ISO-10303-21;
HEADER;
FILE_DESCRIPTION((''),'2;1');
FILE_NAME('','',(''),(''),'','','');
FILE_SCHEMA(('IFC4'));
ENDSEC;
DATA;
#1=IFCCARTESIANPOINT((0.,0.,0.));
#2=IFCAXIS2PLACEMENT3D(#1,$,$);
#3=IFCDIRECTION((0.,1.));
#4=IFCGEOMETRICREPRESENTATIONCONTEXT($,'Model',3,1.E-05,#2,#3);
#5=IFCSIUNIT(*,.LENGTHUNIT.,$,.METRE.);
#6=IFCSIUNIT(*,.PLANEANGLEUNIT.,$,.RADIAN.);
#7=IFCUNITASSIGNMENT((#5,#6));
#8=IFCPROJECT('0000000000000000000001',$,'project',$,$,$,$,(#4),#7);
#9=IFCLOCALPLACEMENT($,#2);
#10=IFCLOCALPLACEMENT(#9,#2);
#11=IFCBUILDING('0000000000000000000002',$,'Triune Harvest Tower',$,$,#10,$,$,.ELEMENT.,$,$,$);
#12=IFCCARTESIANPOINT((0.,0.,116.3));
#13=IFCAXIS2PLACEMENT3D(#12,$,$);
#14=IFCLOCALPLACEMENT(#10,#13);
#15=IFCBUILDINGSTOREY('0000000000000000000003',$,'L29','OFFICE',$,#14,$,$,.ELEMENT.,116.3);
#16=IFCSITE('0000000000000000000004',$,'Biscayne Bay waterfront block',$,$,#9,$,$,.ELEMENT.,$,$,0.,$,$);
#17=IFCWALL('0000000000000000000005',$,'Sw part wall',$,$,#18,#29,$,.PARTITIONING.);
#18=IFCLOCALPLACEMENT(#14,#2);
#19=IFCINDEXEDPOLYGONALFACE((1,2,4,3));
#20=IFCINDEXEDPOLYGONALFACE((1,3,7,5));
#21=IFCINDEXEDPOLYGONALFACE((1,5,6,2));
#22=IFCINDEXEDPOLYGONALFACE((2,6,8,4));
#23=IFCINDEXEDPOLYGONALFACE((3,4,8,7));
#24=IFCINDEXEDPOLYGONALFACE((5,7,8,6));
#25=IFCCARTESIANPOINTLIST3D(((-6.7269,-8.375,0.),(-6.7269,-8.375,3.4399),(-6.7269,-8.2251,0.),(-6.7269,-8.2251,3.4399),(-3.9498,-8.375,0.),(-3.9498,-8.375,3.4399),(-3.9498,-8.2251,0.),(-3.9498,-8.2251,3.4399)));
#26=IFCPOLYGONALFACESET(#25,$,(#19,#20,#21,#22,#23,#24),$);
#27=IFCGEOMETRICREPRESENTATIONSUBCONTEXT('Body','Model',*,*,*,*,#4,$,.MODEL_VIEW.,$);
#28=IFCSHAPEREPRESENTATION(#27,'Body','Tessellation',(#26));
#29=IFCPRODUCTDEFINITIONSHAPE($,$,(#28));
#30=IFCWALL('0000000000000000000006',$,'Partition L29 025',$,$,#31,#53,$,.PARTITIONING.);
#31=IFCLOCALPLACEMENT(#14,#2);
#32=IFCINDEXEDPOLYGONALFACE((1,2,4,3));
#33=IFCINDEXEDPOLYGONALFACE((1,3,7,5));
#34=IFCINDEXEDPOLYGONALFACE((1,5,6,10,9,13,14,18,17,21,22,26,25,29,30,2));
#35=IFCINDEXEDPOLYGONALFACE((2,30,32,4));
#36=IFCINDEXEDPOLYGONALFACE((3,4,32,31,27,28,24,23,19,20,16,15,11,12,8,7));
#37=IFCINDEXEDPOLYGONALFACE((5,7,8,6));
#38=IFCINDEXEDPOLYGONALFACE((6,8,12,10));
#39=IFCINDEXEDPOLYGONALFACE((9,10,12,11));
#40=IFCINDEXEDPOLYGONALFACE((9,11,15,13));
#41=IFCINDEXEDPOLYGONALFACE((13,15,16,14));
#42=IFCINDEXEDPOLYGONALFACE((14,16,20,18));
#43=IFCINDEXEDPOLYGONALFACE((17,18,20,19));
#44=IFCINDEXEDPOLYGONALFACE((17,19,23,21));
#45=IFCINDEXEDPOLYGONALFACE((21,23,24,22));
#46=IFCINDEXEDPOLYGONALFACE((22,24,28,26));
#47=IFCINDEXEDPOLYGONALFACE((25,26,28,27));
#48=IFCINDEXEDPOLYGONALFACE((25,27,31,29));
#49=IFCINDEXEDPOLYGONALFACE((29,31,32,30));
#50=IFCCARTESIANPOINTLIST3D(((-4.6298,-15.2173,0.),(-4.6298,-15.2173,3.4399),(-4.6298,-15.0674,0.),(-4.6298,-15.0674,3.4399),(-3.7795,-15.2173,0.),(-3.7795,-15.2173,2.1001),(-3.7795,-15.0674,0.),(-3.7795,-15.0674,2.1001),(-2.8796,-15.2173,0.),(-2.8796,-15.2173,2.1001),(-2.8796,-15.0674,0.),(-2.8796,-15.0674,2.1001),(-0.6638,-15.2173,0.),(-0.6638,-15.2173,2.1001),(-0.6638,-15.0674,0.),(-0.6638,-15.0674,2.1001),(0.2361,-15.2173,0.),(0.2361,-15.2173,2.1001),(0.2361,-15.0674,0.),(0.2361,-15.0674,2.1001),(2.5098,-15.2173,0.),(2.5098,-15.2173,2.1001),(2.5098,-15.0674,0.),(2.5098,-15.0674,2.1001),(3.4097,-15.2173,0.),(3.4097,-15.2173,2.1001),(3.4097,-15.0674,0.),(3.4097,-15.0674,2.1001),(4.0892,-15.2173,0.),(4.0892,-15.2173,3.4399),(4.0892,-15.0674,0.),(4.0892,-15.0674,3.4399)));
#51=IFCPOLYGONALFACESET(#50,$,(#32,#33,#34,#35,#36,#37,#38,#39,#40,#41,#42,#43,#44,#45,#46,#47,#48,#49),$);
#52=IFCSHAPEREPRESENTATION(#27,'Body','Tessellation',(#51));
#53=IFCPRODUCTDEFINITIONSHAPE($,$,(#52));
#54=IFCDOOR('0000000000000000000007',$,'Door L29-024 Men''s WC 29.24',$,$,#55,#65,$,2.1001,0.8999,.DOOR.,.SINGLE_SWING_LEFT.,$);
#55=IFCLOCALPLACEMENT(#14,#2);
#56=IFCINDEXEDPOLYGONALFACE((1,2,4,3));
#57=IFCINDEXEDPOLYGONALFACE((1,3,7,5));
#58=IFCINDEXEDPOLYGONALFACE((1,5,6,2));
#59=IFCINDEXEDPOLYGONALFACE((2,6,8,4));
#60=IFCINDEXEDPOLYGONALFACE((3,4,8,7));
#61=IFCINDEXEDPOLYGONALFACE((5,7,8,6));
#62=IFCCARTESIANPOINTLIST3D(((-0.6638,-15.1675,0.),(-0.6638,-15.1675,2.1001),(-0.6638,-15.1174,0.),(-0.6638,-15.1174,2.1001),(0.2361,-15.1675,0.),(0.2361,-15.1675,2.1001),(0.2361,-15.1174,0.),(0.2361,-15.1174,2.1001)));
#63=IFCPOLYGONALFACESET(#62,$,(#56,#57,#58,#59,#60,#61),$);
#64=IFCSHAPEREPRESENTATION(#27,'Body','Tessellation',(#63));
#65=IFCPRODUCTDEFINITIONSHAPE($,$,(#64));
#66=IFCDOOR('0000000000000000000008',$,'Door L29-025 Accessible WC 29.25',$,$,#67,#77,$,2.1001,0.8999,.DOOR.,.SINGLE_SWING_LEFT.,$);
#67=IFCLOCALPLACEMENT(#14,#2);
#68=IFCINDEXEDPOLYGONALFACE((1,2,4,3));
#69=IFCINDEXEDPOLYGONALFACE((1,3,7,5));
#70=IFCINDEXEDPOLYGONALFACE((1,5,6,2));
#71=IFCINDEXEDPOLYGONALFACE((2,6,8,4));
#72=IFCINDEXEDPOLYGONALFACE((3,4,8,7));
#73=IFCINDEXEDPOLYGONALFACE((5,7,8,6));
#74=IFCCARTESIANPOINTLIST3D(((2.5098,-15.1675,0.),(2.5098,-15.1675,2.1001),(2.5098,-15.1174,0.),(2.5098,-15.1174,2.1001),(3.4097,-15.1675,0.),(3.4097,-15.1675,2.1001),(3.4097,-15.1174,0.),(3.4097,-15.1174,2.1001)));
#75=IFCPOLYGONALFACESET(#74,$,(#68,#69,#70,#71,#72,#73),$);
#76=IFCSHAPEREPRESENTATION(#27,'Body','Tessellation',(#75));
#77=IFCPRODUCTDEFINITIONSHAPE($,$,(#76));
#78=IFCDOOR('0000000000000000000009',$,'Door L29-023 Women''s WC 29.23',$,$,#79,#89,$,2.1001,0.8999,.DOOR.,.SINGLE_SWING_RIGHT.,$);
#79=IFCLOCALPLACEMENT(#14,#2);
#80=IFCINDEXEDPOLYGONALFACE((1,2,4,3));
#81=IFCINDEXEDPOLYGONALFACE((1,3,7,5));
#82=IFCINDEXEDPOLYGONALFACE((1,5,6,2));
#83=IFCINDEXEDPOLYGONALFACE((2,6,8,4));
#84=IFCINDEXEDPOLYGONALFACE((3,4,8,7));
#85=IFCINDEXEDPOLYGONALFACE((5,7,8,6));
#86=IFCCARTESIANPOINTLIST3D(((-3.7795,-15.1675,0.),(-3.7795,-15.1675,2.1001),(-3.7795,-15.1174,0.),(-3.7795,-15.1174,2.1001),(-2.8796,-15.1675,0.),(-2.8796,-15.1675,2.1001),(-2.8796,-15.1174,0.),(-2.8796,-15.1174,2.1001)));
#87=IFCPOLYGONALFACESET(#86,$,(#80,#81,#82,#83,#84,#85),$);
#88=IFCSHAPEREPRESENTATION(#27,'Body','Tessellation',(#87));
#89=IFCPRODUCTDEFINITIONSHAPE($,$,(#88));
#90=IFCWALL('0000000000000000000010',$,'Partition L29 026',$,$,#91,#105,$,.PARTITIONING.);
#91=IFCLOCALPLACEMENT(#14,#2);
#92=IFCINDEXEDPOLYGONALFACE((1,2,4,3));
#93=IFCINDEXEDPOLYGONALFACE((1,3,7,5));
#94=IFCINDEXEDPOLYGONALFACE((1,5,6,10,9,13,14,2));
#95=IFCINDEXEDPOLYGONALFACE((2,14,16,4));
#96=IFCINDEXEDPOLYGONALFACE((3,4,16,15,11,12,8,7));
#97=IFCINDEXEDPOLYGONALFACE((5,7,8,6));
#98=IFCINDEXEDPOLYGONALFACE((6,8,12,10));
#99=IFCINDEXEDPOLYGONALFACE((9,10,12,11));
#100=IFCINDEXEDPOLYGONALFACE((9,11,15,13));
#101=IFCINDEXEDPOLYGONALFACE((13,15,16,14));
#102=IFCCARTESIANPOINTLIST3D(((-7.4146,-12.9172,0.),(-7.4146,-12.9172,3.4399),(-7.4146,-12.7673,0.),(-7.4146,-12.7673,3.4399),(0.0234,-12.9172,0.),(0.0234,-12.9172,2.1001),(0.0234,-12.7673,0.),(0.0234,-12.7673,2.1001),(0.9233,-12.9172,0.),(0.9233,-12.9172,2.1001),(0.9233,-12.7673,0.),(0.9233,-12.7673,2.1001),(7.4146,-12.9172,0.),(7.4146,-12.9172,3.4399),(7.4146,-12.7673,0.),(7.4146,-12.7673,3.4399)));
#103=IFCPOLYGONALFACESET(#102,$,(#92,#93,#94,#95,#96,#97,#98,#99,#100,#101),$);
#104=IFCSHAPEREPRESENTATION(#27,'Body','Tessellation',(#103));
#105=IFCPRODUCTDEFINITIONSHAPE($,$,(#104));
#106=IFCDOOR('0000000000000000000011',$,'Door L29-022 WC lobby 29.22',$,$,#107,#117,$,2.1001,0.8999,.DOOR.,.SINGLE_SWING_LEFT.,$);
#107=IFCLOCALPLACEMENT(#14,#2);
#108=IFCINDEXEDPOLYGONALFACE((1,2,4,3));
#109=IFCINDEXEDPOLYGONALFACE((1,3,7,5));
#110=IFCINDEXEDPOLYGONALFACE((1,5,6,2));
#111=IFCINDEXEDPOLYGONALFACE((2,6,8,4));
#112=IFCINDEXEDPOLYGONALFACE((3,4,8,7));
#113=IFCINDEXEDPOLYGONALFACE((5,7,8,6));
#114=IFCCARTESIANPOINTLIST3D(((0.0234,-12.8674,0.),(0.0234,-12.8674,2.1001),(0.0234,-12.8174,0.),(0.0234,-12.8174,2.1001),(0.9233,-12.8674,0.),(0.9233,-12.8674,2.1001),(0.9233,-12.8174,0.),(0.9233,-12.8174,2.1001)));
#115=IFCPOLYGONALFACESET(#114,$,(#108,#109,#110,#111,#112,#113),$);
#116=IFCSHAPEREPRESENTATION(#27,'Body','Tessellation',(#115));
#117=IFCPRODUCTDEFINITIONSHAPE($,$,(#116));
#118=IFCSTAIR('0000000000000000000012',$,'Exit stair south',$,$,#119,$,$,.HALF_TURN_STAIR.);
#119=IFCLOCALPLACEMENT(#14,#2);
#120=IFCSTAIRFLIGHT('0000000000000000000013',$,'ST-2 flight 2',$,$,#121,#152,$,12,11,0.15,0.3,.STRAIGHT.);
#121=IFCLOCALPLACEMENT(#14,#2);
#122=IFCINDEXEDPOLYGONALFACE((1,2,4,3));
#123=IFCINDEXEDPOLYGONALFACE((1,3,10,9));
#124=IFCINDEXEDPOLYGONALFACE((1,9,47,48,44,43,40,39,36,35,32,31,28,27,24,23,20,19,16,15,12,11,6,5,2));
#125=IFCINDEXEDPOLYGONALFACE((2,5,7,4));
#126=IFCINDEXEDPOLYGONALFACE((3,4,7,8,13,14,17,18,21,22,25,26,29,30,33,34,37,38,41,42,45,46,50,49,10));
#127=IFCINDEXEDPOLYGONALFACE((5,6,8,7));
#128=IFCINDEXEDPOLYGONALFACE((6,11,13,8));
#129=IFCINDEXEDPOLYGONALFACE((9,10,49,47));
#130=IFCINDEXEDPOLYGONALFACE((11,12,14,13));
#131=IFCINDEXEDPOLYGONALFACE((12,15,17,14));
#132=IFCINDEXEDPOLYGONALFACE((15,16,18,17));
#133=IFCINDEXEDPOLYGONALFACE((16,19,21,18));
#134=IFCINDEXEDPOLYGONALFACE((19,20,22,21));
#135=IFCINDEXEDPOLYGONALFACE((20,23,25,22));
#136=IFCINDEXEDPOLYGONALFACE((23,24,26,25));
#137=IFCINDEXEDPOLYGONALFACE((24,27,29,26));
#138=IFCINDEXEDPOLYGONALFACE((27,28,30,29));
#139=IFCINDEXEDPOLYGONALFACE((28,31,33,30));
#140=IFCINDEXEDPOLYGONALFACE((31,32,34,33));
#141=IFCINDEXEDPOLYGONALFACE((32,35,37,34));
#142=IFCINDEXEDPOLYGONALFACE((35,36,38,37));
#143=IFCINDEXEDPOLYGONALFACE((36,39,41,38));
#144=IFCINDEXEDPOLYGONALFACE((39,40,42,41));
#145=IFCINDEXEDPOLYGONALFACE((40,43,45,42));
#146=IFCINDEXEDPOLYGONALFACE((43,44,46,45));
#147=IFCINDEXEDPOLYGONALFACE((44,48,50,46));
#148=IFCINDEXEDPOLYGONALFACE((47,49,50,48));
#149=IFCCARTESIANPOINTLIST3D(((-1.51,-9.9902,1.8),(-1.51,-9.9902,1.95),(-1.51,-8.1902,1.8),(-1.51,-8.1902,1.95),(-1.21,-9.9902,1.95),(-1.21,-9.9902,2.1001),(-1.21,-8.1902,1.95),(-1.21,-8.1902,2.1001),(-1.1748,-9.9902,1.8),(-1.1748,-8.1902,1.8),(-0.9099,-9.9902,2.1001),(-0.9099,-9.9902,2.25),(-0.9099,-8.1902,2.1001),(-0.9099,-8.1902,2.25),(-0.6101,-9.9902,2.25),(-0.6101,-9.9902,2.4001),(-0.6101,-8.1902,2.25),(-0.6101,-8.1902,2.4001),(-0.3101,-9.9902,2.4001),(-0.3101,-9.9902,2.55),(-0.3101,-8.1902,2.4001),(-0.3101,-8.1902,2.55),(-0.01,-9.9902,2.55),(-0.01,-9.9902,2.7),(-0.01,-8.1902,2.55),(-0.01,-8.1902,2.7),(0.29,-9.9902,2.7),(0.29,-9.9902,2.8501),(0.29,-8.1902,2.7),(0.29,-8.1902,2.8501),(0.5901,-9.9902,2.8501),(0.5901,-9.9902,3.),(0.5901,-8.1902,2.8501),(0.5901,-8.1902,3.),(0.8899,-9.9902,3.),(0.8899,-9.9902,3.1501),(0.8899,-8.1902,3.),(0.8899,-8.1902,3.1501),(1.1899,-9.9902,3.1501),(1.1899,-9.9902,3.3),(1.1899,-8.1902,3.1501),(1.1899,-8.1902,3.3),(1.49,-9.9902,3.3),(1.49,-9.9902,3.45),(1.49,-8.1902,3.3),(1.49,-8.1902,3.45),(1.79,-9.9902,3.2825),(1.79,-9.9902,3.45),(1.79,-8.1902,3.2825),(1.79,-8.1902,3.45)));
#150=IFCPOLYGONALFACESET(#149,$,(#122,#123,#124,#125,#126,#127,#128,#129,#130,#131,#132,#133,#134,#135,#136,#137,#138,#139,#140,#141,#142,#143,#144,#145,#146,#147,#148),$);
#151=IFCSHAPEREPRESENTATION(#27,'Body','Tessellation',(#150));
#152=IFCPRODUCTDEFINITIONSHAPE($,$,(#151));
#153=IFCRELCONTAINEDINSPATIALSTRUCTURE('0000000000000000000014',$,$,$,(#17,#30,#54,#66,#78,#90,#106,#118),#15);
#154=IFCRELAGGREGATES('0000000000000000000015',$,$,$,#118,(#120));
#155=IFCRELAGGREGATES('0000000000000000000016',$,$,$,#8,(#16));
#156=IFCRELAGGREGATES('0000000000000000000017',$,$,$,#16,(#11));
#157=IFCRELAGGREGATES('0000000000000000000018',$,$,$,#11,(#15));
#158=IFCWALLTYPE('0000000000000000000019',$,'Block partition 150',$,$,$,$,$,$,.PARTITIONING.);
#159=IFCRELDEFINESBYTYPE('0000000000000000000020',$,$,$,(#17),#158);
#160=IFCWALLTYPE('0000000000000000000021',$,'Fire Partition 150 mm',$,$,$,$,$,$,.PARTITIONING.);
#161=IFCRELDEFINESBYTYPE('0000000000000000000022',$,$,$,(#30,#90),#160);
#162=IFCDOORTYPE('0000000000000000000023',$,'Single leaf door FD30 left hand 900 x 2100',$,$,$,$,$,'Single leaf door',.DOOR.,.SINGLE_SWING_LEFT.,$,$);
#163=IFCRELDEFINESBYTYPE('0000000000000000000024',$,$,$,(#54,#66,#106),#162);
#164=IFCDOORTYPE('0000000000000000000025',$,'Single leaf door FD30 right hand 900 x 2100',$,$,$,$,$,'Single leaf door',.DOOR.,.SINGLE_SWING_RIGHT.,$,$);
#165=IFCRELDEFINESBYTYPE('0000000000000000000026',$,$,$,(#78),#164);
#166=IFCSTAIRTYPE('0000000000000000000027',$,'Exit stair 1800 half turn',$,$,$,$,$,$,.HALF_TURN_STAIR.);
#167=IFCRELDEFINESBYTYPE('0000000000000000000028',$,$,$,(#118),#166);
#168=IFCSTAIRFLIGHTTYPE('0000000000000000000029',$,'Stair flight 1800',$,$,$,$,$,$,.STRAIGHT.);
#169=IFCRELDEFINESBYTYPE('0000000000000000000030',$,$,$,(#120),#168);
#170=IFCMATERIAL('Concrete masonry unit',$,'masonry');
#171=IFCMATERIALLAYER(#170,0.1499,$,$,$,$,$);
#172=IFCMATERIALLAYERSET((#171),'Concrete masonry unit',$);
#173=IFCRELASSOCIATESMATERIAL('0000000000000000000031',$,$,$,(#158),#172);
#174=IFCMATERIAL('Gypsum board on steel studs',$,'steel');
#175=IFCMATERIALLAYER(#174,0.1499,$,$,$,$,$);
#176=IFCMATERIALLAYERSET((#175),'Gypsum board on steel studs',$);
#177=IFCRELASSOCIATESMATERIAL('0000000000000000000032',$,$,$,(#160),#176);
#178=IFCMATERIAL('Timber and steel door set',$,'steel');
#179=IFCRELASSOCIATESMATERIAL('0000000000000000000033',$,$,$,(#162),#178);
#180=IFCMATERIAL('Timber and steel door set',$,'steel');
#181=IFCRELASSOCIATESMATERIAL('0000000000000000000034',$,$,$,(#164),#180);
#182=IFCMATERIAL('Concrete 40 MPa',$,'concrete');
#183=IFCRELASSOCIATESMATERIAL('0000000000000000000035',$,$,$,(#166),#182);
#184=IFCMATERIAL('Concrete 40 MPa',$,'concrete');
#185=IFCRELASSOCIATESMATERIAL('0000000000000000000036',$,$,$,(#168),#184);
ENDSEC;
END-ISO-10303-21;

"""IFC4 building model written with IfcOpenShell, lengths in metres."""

from ifc_helpers import new_model, si_unit, direction, frame, frame_2d, origin, place, context, subcontext, project, spatial, polyline, rectangle, outline, extrude, source, transform, mapped, material, layer, layer_set, type_object, element, fill, aggregate, save


model = new_model("IFC4")

# Units and contexts
model_context = context("Model", 3, precision=1e-05, world=origin(), true_north=direction((0.0, 1.0)))
body_context = subcontext(model_context, "Body", "Model", "MODEL_VIEW")
ifc_project = project(units=[si_unit("LENGTHUNIT", "METRE"), si_unit("PLANEANGLEUNIT", "RADIAN")], contexts=[model_context])

# Site, building, storey
site_placement = place(None, origin())
site = spatial("IfcSite", under=ifc_project, at=site_placement, Name="Biscayne Bay waterfront block", CompositionType="ELEMENT", RefElevation=0.0)
building_placement = place(site_placement, origin())
building = spatial("IfcBuilding", under=site, at=building_placement, Name="Triune Harvest Tower", CompositionType="ELEMENT")
storey_placement = place(building_placement, frame((0.0, 0.0, 116.3)))
storey = spatial("IfcBuildingStorey", under=building, at=storey_placement, Name="L29", Description="OFFICE", CompositionType="ELEMENT", Elevation=116.3)

# Wall
ifc_material_1 = material(Name="Concrete masonry unit", Category="masonry")
ifc_layer_1 = layer(ifc_material_1, 0.1499)
ifc_layer_set_1 = layer_set([ifc_layer_1], Name="Concrete masonry unit")
wall_type_1 = type_object("IfcWallType", Name="Block partition 150", PredefinedType="PARTITIONING", material=ifc_layer_set_1)
shared_shape_1 = source(origin(), body_context, "Body", "SweptSolid", [
    extrude(rectangle(XDim=2.7771, YDim=0.1499, at=frame_2d((1.3887, 0.0))), origin(), (0.0, 0.0, 1.0), 3.4399),
])
wall_1_placement = place(storey_placement, frame((-6.7271, -8.3, 0.0), z_axis=(0.0, 0.0, 1.0), x_axis=(1.0, 0.0, 0.0)))
element("IfcWall", 1, at=wall_1_placement, inside=storey, type_object=wall_type_1, Name="Sw part wall", PredefinedType="PARTITIONING", context=body_context, shape_type="MappedRepresentation", body=[
    mapped(shared_shape_1, transform((0.0, 0.0, 0.0), scale=1.0)),
])

# Wall, openings, doors
ifc_material_2 = material(Name="Gypsum board on steel studs", Category="steel")
ifc_layer_2 = layer(ifc_material_2, 0.1499)
ifc_layer_set_2 = layer_set([ifc_layer_2], Name="Gypsum board on steel studs")
wall_type_2 = type_object("IfcWallType", Name="Fire Partition 150 mm", PredefinedType="PARTITIONING", material=ifc_layer_set_2)
shared_shape_2 = source(origin(), body_context, "Body", "SweptSolid", [
    extrude(rectangle(XDim=8.719, YDim=0.1499, at=frame_2d((4.3594, 0.0))), origin(), (0.0, 0.0, 1.0), 3.4399),
])
wall_2_placement = place(storey_placement, frame((-4.6296, -15.1423, 0.0), z_axis=(0.0, 0.0, 1.0), x_axis=(1.0, 0.0, 0.0)))
wall_2 = element("IfcWall", 2, at=wall_2_placement, inside=storey, type_object=wall_type_2, Name="Partition L29 025", PredefinedType="PARTITIONING", context=body_context, shape_type="MappedRepresentation", body=[
    mapped(shared_shape_2, transform((0.0, 0.0, 0.0), scale=1.0)),
])
opening_1_placement = place(wall_2_placement, frame((0.8501, 0.0, 0.0)))
opening_1 = element("IfcOpeningElement", 3, at=opening_1_placement, cuts=wall_2, PredefinedType="OPENING", context=body_context, shape_type="SweptSolid", body=[
    extrude(rectangle(XDim=0.8999, YDim=2.1001, at=frame_2d((0.45, 1.05))), frame((0.0, 0.085, 0.0), z_axis=(0.0, -1.0, 0.0), x_axis=(1.0, 0.0, 0.0)), (0.0, 0.0, 1.0), 0.1699),
])
opening_2_placement = place(wall_2_placement, frame((3.9658, 0.0, 0.0)))
opening_2 = element("IfcOpeningElement", 4, at=opening_2_placement, cuts=wall_2, PredefinedType="OPENING", context=body_context, shape_type="SweptSolid", body=[
    extrude(rectangle(XDim=0.8999, YDim=2.1001, at=frame_2d((0.45, 1.05))), frame((0.0, 0.085, 0.0), z_axis=(0.0, -1.0, 0.0), x_axis=(1.0, 0.0, 0.0)), (0.0, 0.0, 1.0), 0.1699),
])
opening_3_placement = place(wall_2_placement, frame((7.1394, 0.0, 0.0)))
opening_3 = element("IfcOpeningElement", 5, at=opening_3_placement, cuts=wall_2, PredefinedType="OPENING", context=body_context, shape_type="SweptSolid", body=[
    extrude(rectangle(XDim=0.8999, YDim=2.1001, at=frame_2d((0.45, 1.05))), frame((0.0, 0.085, 0.0), z_axis=(0.0, -1.0, 0.0), x_axis=(1.0, 0.0, 0.0)), (0.0, 0.0, 1.0), 0.1699),
])
ifc_material_3 = material(Name="Timber and steel door set", Category="steel")
door_type_1 = type_object("IfcDoorType", Name="Single leaf door FD30 left hand 900 x 2100", ElementType="Single leaf door", OperationType="SINGLE_SWING_LEFT", PredefinedType="DOOR", material=ifc_material_3)
door_1_placement = place(opening_2_placement, origin())
door_1 = element("IfcDoor", 6, at=door_1_placement, inside=storey, type_object=door_type_1, Name="Door L29-024 Men's WC 29.24", OperationType="SINGLE_SWING_LEFT", OverallHeight=2.1001, OverallWidth=0.8999, PredefinedType="DOOR", context=body_context, shape_type="SweptSolid", body=[
    extrude(rectangle(XDim=0.8999, YDim=2.1001, at=frame_2d((0.45, 1.05))), frame((0.0, 0.0249, 0.0), z_axis=(0.0, -1.0, 0.0), x_axis=(1.0, 0.0, 0.0)), (0.0, 0.0, 1.0), 0.05),
])
fill(opening_2, door_1)
door_2_placement = place(opening_3_placement, origin())
door_2 = element("IfcDoor", 7, at=door_2_placement, inside=storey, type_object=door_type_1, Name="Door L29-025 Accessible WC 29.25", OperationType="SINGLE_SWING_LEFT", OverallHeight=2.1001, OverallWidth=0.8999, PredefinedType="DOOR", context=body_context, shape_type="SweptSolid", body=[
    extrude(rectangle(XDim=0.8999, YDim=2.1001, at=frame_2d((0.45, 1.05))), frame((0.0, 0.0249, 0.0), z_axis=(0.0, -1.0, 0.0), x_axis=(1.0, 0.0, 0.0)), (0.0, 0.0, 1.0), 0.05),
])
fill(opening_3, door_2)
ifc_material_4 = material(Name="Timber and steel door set", Category="steel")
door_type_2 = type_object("IfcDoorType", Name="Single leaf door FD30 right hand 900 x 2100", ElementType="Single leaf door", OperationType="SINGLE_SWING_RIGHT", PredefinedType="DOOR", material=ifc_material_4)
door_3_placement = place(opening_1_placement, origin())
door_3 = element("IfcDoor", 8, at=door_3_placement, inside=storey, type_object=door_type_2, Name="Door L29-023 Women's WC 29.23", OperationType="SINGLE_SWING_RIGHT", OverallHeight=2.1001, OverallWidth=0.8999, PredefinedType="DOOR", context=body_context, shape_type="SweptSolid", body=[
    extrude(rectangle(XDim=0.8999, YDim=2.1001, at=frame_2d((0.45, 1.05))), frame((0.0, 0.0249, 0.0), z_axis=(0.0, -1.0, 0.0), x_axis=(1.0, 0.0, 0.0)), (0.0, 0.0, 1.0), 0.05),
])
fill(opening_1, door_3)

# Wall, opening, door
shared_shape_3 = source(origin(), body_context, "Body", "SweptSolid", [
    extrude(rectangle(XDim=14.8291, YDim=0.1499, at=frame_2d((7.4146, 0.0))), origin(), (0.0, 0.0, 1.0), 3.4399),
])
wall_3_placement = place(storey_placement, frame((-7.4146, -12.8423, 0.0), z_axis=(0.0, 0.0, 1.0), x_axis=(1.0, 0.0, 0.0)))
wall_3 = element("IfcWall", 9, at=wall_3_placement, inside=storey, type_object=wall_type_2, Name="Partition L29 026", PredefinedType="PARTITIONING", context=body_context, shape_type="MappedRepresentation", body=[
    mapped(shared_shape_3, transform((0.0, 0.0, 0.0), scale=1.0)),
])
opening_4_placement = place(wall_3_placement, frame((7.438, 0.0, 0.0)))
opening_4 = element("IfcOpeningElement", 10, at=opening_4_placement, cuts=wall_3, PredefinedType="OPENING", context=body_context, shape_type="SweptSolid", body=[
    extrude(rectangle(XDim=0.8999, YDim=2.1001, at=frame_2d((0.45, 1.05))), frame((0.0, 0.085, 0.0), z_axis=(0.0, -1.0, 0.0), x_axis=(1.0, 0.0, 0.0)), (0.0, 0.0, 1.0), 0.1699),
])
door_4_placement = place(opening_4_placement, origin())
door_4 = element("IfcDoor", 11, at=door_4_placement, inside=storey, type_object=door_type_1, Name="Door L29-022 WC lobby 29.22", OperationType="SINGLE_SWING_LEFT", OverallHeight=2.1001, OverallWidth=0.8999, PredefinedType="DOOR", context=body_context, shape_type="SweptSolid", body=[
    extrude(rectangle(XDim=0.8999, YDim=2.1001, at=frame_2d((0.45, 1.05))), frame((0.0, 0.0249, 0.0), z_axis=(0.0, -1.0, 0.0), x_axis=(1.0, 0.0, 0.0)), (0.0, 0.0, 1.0), 0.05),
])
fill(opening_4, door_4)

# Stair, stair flight
ifc_material_5 = material(Name="Concrete 40 MPa", Category="concrete")
stair_type = type_object("IfcStairType", Name="Exit stair 1800 half turn", PredefinedType="HALF_TURN_STAIR", material=ifc_material_5)
stair_placement = place(storey_placement, origin())
stair = element("IfcStair", 12, at=stair_placement, inside=storey, type_object=stair_type, Name="Exit stair south", PredefinedType="HALF_TURN_STAIR")
ifc_material_6 = material(Name="Concrete 40 MPa", Category="concrete")
stair_flight_type = type_object("IfcStairFlightType", Name="Stair flight 1800", PredefinedType="STRAIGHT", material=ifc_material_6)
shared_shape_4 = source(origin(), body_context, "Body", "SweptSolid", [
    extrude(outline(polyline([(0.0, 0.0), (0.0, 0.1499), (0.3, 0.1499), (0.3, 0.3), (0.6001, 0.3), (0.6001, 0.45), (0.8999, 0.45), (0.8999, 0.6001), (1.2, 0.6001), (1.2, 0.75), (1.5, 0.75), (1.5, 0.8999), (1.8, 0.8999), (1.8, 1.05), (2.1001, 1.05), (2.1001, 1.2), (2.3999, 1.2), (2.3999, 1.3501), (2.7, 1.3501), (2.7, 1.5), (3.0, 1.5), (3.0, 1.6499), (3.3, 1.6499), (3.3, 1.8), (3.3, 1.4824), (0.3352, 0.0), (0.0, 0.0)])), frame((0.0, 0.8999, 0.0), z_axis=(0.0, -1.0, 0.0), x_axis=(1.0, 0.0, 0.0)), (0.0, 0.0, 1.0), 1.8),
])
stair_flight_placement = place(storey_placement, frame((-1.51, -9.0901, 1.8), z_axis=(0.0, 0.0, 1.0), x_axis=(1.0, 0.0, 0.0)))
stair_flight = element("IfcStairFlight", 13, at=stair_flight_placement, type_object=stair_flight_type, Name="ST-2 flight 2", NumberOfRisers=12, NumberOfTreads=11, PredefinedType="STRAIGHT", RiserHeight=0.15, TreadLength=0.3, context=body_context, shape_type="MappedRepresentation", body=[
    mapped(shared_shape_4, transform((0.0, 0.0, 0.0), scale=1.0)),
])
aggregate(stair, [stair_flight])

save(model, "model.ifc")
